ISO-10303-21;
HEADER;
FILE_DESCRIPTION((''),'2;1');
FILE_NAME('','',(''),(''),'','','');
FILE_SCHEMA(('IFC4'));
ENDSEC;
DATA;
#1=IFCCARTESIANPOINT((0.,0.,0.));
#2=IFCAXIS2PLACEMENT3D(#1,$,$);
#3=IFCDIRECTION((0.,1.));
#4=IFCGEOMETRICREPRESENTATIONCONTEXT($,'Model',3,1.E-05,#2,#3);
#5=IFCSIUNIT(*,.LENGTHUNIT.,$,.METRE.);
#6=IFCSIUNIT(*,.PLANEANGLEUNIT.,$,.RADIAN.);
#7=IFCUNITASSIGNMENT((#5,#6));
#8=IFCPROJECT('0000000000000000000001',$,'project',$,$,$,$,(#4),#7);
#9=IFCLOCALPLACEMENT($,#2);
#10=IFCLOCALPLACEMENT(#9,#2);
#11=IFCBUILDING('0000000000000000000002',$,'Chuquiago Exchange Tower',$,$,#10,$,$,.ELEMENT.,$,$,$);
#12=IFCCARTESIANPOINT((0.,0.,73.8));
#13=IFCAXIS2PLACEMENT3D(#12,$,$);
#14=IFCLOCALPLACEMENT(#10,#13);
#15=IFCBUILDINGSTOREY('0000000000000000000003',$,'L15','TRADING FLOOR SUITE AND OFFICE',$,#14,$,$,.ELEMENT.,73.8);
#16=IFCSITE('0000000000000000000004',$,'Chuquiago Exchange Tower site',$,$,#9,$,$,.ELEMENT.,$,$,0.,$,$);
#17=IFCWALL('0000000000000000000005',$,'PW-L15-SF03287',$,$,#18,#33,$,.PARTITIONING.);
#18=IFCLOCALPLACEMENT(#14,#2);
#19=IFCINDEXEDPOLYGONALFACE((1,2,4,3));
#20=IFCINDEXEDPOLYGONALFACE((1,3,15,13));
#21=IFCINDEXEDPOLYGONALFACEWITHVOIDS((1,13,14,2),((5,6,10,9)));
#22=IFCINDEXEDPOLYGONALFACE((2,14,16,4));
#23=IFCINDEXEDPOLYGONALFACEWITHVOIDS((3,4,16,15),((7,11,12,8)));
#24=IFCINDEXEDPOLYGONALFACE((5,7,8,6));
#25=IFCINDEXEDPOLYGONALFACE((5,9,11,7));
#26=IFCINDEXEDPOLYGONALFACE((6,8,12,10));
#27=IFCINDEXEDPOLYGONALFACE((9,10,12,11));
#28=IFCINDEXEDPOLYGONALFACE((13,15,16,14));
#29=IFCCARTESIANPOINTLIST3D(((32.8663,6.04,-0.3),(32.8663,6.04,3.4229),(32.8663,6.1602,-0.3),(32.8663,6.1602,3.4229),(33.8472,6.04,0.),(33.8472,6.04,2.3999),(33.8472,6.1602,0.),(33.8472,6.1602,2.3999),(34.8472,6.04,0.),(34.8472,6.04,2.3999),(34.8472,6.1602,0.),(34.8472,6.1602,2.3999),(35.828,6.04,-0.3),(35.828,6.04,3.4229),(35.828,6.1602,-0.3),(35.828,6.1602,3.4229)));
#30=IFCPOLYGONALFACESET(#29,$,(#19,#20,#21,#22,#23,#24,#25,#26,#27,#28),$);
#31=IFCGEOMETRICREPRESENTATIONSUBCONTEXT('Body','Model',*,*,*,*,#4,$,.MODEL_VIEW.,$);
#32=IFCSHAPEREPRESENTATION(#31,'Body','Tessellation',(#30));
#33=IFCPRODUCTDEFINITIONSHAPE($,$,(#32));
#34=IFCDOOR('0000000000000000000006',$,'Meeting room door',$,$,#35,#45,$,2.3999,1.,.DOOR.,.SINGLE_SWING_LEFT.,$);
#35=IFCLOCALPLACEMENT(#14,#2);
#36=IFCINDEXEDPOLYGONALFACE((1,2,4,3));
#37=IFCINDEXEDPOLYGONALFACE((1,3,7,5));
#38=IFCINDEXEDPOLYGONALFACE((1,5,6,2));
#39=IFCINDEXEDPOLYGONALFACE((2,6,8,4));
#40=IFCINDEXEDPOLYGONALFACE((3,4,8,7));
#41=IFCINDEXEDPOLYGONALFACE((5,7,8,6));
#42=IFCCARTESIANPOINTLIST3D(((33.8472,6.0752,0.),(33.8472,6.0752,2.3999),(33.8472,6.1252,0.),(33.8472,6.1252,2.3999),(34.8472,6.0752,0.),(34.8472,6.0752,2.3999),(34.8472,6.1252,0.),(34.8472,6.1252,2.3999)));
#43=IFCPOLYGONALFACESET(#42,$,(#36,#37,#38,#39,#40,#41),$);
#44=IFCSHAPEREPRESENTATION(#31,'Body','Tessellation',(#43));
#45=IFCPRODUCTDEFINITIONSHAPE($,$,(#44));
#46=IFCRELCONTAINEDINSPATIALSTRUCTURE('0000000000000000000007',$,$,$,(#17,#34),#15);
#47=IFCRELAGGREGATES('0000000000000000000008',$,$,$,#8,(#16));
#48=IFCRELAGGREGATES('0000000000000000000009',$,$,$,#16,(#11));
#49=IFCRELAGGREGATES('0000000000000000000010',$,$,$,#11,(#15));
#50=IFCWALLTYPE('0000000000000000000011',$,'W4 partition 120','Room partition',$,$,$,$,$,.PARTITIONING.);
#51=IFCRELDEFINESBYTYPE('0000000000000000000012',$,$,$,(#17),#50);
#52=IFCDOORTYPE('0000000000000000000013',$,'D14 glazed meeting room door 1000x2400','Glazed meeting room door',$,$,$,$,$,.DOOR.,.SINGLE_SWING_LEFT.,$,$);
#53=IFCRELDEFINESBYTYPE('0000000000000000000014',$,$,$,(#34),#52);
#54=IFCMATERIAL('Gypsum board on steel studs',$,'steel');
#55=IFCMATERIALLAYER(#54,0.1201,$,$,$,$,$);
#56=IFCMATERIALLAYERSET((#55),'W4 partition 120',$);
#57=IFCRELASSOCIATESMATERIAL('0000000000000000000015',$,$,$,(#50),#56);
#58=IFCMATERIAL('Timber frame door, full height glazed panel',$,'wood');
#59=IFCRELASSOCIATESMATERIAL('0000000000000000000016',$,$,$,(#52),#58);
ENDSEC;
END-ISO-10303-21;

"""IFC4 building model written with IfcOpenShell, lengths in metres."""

from ifc_helpers import new_model, si_unit, direction, frame, frame_2d, origin, place, context, subcontext, project, spatial, rectangle, extrude, material, layer, layer_set, type_object, element, fill, save


model = new_model("IFC4")

# Units and contexts
model_context = context("Model", 3, precision=1e-05, world=origin(), true_north=direction((0.0, 1.0)))
body_context = subcontext(model_context, "Body", "Model", "MODEL_VIEW")
ifc_project = project(units=[si_unit("LENGTHUNIT", "METRE"), si_unit("PLANEANGLEUNIT", "RADIAN")], contexts=[model_context])

# Site, building, storey
site_placement = place(None, origin())
site = spatial("IfcSite", under=ifc_project, at=site_placement, Name="Chuquiago Exchange Tower site", CompositionType="ELEMENT", RefElevation=0.0)
building_placement = place(site_placement, origin())
building = spatial("IfcBuilding", under=site, at=building_placement, Name="Chuquiago Exchange Tower", CompositionType="ELEMENT")
storey_placement = place(building_placement, frame((0.0, 0.0, 73.8)))
storey = spatial("IfcBuildingStorey", under=building, at=storey_placement, Name="L15", Description="TRADING FLOOR SUITE AND OFFICE", CompositionType="ELEMENT", Elevation=73.8)

# Wall, opening, door
ifc_material_1 = material(Name="Gypsum board on steel studs", Category="steel")
ifc_layer_1 = layer(ifc_material_1, 0.1201)
ifc_layer_set_1 = layer_set([ifc_layer_1], Name="W4 partition 120")
wall_type_1 = type_object("IfcWallType", Name="W4 partition 120", Description="Room partition", PredefinedType="PARTITIONING", material=ifc_layer_set_1)
wall_1_placement = place(storey_placement, frame((32.8662, 6.1001, -0.3), z_axis=(0.0, 0.0, 1.0), x_axis=(1.0, 0.0, 0.0)))
wall_1 = element("IfcWall", 1, at=wall_1_placement, inside=storey, type_object=wall_type_1, Name="PW-L15-SF03287", PredefinedType="PARTITIONING", context=body_context, shape_type="SweptSolid", body=[
    extrude(rectangle(XDim=2.9617, YDim=0.1201, at=frame_2d((1.481, 0.0))), origin(), (0.0, 0.0, 1.0), 3.7229),
])
opening_placement = place(wall_1_placement, frame((0.981, 0.0, 0.3)))
opening = element("IfcOpeningElement", 2, at=opening_placement, cuts=wall_1, PredefinedType="OPENING", context=body_context, shape_type="SweptSolid", body=[
    extrude(rectangle(XDim=1.0, YDim=2.3999, at=frame_2d((0.5, 1.2))), frame((0.0, 0.0701, 0.0), z_axis=(0.0, -1.0, 0.0), x_axis=(1.0, 0.0, 0.0)), (0.0, 0.0, 1.0), 0.1401),
])
ifc_material_2 = material(Name="Timber frame door, full height glazed panel", Category="wood")
door_type = type_object("IfcDoorType", Name="D14 glazed meeting room door 1000x2400", Description="Glazed meeting room door", OperationType="SINGLE_SWING_LEFT", PredefinedType="DOOR", material=ifc_material_2)
door_placement = place(opening_placement, frame((1.0, 0.0, 0.0), z_axis=(0.0, 0.0, 1.0), x_axis=(-1.0, 0.0, 0.0)))
door = element("IfcDoor", 3, at=door_placement, inside=storey, type_object=door_type, Name="Meeting room door", OperationType="SINGLE_SWING_LEFT", OverallHeight=2.3999, OverallWidth=1.0, PredefinedType="DOOR", context=body_context, shape_type="SweptSolid", body=[
    extrude(rectangle(XDim=1.0, YDim=2.3999, at=frame_2d((0.5, 1.2))), frame((0.0, 0.0249, 0.0), z_axis=(0.0, -1.0, 0.0), x_axis=(1.0, 0.0, 0.0)), (0.0, 0.0, 1.0), 0.05),
])
fill(opening, door)

save(model, "model.ifc")
